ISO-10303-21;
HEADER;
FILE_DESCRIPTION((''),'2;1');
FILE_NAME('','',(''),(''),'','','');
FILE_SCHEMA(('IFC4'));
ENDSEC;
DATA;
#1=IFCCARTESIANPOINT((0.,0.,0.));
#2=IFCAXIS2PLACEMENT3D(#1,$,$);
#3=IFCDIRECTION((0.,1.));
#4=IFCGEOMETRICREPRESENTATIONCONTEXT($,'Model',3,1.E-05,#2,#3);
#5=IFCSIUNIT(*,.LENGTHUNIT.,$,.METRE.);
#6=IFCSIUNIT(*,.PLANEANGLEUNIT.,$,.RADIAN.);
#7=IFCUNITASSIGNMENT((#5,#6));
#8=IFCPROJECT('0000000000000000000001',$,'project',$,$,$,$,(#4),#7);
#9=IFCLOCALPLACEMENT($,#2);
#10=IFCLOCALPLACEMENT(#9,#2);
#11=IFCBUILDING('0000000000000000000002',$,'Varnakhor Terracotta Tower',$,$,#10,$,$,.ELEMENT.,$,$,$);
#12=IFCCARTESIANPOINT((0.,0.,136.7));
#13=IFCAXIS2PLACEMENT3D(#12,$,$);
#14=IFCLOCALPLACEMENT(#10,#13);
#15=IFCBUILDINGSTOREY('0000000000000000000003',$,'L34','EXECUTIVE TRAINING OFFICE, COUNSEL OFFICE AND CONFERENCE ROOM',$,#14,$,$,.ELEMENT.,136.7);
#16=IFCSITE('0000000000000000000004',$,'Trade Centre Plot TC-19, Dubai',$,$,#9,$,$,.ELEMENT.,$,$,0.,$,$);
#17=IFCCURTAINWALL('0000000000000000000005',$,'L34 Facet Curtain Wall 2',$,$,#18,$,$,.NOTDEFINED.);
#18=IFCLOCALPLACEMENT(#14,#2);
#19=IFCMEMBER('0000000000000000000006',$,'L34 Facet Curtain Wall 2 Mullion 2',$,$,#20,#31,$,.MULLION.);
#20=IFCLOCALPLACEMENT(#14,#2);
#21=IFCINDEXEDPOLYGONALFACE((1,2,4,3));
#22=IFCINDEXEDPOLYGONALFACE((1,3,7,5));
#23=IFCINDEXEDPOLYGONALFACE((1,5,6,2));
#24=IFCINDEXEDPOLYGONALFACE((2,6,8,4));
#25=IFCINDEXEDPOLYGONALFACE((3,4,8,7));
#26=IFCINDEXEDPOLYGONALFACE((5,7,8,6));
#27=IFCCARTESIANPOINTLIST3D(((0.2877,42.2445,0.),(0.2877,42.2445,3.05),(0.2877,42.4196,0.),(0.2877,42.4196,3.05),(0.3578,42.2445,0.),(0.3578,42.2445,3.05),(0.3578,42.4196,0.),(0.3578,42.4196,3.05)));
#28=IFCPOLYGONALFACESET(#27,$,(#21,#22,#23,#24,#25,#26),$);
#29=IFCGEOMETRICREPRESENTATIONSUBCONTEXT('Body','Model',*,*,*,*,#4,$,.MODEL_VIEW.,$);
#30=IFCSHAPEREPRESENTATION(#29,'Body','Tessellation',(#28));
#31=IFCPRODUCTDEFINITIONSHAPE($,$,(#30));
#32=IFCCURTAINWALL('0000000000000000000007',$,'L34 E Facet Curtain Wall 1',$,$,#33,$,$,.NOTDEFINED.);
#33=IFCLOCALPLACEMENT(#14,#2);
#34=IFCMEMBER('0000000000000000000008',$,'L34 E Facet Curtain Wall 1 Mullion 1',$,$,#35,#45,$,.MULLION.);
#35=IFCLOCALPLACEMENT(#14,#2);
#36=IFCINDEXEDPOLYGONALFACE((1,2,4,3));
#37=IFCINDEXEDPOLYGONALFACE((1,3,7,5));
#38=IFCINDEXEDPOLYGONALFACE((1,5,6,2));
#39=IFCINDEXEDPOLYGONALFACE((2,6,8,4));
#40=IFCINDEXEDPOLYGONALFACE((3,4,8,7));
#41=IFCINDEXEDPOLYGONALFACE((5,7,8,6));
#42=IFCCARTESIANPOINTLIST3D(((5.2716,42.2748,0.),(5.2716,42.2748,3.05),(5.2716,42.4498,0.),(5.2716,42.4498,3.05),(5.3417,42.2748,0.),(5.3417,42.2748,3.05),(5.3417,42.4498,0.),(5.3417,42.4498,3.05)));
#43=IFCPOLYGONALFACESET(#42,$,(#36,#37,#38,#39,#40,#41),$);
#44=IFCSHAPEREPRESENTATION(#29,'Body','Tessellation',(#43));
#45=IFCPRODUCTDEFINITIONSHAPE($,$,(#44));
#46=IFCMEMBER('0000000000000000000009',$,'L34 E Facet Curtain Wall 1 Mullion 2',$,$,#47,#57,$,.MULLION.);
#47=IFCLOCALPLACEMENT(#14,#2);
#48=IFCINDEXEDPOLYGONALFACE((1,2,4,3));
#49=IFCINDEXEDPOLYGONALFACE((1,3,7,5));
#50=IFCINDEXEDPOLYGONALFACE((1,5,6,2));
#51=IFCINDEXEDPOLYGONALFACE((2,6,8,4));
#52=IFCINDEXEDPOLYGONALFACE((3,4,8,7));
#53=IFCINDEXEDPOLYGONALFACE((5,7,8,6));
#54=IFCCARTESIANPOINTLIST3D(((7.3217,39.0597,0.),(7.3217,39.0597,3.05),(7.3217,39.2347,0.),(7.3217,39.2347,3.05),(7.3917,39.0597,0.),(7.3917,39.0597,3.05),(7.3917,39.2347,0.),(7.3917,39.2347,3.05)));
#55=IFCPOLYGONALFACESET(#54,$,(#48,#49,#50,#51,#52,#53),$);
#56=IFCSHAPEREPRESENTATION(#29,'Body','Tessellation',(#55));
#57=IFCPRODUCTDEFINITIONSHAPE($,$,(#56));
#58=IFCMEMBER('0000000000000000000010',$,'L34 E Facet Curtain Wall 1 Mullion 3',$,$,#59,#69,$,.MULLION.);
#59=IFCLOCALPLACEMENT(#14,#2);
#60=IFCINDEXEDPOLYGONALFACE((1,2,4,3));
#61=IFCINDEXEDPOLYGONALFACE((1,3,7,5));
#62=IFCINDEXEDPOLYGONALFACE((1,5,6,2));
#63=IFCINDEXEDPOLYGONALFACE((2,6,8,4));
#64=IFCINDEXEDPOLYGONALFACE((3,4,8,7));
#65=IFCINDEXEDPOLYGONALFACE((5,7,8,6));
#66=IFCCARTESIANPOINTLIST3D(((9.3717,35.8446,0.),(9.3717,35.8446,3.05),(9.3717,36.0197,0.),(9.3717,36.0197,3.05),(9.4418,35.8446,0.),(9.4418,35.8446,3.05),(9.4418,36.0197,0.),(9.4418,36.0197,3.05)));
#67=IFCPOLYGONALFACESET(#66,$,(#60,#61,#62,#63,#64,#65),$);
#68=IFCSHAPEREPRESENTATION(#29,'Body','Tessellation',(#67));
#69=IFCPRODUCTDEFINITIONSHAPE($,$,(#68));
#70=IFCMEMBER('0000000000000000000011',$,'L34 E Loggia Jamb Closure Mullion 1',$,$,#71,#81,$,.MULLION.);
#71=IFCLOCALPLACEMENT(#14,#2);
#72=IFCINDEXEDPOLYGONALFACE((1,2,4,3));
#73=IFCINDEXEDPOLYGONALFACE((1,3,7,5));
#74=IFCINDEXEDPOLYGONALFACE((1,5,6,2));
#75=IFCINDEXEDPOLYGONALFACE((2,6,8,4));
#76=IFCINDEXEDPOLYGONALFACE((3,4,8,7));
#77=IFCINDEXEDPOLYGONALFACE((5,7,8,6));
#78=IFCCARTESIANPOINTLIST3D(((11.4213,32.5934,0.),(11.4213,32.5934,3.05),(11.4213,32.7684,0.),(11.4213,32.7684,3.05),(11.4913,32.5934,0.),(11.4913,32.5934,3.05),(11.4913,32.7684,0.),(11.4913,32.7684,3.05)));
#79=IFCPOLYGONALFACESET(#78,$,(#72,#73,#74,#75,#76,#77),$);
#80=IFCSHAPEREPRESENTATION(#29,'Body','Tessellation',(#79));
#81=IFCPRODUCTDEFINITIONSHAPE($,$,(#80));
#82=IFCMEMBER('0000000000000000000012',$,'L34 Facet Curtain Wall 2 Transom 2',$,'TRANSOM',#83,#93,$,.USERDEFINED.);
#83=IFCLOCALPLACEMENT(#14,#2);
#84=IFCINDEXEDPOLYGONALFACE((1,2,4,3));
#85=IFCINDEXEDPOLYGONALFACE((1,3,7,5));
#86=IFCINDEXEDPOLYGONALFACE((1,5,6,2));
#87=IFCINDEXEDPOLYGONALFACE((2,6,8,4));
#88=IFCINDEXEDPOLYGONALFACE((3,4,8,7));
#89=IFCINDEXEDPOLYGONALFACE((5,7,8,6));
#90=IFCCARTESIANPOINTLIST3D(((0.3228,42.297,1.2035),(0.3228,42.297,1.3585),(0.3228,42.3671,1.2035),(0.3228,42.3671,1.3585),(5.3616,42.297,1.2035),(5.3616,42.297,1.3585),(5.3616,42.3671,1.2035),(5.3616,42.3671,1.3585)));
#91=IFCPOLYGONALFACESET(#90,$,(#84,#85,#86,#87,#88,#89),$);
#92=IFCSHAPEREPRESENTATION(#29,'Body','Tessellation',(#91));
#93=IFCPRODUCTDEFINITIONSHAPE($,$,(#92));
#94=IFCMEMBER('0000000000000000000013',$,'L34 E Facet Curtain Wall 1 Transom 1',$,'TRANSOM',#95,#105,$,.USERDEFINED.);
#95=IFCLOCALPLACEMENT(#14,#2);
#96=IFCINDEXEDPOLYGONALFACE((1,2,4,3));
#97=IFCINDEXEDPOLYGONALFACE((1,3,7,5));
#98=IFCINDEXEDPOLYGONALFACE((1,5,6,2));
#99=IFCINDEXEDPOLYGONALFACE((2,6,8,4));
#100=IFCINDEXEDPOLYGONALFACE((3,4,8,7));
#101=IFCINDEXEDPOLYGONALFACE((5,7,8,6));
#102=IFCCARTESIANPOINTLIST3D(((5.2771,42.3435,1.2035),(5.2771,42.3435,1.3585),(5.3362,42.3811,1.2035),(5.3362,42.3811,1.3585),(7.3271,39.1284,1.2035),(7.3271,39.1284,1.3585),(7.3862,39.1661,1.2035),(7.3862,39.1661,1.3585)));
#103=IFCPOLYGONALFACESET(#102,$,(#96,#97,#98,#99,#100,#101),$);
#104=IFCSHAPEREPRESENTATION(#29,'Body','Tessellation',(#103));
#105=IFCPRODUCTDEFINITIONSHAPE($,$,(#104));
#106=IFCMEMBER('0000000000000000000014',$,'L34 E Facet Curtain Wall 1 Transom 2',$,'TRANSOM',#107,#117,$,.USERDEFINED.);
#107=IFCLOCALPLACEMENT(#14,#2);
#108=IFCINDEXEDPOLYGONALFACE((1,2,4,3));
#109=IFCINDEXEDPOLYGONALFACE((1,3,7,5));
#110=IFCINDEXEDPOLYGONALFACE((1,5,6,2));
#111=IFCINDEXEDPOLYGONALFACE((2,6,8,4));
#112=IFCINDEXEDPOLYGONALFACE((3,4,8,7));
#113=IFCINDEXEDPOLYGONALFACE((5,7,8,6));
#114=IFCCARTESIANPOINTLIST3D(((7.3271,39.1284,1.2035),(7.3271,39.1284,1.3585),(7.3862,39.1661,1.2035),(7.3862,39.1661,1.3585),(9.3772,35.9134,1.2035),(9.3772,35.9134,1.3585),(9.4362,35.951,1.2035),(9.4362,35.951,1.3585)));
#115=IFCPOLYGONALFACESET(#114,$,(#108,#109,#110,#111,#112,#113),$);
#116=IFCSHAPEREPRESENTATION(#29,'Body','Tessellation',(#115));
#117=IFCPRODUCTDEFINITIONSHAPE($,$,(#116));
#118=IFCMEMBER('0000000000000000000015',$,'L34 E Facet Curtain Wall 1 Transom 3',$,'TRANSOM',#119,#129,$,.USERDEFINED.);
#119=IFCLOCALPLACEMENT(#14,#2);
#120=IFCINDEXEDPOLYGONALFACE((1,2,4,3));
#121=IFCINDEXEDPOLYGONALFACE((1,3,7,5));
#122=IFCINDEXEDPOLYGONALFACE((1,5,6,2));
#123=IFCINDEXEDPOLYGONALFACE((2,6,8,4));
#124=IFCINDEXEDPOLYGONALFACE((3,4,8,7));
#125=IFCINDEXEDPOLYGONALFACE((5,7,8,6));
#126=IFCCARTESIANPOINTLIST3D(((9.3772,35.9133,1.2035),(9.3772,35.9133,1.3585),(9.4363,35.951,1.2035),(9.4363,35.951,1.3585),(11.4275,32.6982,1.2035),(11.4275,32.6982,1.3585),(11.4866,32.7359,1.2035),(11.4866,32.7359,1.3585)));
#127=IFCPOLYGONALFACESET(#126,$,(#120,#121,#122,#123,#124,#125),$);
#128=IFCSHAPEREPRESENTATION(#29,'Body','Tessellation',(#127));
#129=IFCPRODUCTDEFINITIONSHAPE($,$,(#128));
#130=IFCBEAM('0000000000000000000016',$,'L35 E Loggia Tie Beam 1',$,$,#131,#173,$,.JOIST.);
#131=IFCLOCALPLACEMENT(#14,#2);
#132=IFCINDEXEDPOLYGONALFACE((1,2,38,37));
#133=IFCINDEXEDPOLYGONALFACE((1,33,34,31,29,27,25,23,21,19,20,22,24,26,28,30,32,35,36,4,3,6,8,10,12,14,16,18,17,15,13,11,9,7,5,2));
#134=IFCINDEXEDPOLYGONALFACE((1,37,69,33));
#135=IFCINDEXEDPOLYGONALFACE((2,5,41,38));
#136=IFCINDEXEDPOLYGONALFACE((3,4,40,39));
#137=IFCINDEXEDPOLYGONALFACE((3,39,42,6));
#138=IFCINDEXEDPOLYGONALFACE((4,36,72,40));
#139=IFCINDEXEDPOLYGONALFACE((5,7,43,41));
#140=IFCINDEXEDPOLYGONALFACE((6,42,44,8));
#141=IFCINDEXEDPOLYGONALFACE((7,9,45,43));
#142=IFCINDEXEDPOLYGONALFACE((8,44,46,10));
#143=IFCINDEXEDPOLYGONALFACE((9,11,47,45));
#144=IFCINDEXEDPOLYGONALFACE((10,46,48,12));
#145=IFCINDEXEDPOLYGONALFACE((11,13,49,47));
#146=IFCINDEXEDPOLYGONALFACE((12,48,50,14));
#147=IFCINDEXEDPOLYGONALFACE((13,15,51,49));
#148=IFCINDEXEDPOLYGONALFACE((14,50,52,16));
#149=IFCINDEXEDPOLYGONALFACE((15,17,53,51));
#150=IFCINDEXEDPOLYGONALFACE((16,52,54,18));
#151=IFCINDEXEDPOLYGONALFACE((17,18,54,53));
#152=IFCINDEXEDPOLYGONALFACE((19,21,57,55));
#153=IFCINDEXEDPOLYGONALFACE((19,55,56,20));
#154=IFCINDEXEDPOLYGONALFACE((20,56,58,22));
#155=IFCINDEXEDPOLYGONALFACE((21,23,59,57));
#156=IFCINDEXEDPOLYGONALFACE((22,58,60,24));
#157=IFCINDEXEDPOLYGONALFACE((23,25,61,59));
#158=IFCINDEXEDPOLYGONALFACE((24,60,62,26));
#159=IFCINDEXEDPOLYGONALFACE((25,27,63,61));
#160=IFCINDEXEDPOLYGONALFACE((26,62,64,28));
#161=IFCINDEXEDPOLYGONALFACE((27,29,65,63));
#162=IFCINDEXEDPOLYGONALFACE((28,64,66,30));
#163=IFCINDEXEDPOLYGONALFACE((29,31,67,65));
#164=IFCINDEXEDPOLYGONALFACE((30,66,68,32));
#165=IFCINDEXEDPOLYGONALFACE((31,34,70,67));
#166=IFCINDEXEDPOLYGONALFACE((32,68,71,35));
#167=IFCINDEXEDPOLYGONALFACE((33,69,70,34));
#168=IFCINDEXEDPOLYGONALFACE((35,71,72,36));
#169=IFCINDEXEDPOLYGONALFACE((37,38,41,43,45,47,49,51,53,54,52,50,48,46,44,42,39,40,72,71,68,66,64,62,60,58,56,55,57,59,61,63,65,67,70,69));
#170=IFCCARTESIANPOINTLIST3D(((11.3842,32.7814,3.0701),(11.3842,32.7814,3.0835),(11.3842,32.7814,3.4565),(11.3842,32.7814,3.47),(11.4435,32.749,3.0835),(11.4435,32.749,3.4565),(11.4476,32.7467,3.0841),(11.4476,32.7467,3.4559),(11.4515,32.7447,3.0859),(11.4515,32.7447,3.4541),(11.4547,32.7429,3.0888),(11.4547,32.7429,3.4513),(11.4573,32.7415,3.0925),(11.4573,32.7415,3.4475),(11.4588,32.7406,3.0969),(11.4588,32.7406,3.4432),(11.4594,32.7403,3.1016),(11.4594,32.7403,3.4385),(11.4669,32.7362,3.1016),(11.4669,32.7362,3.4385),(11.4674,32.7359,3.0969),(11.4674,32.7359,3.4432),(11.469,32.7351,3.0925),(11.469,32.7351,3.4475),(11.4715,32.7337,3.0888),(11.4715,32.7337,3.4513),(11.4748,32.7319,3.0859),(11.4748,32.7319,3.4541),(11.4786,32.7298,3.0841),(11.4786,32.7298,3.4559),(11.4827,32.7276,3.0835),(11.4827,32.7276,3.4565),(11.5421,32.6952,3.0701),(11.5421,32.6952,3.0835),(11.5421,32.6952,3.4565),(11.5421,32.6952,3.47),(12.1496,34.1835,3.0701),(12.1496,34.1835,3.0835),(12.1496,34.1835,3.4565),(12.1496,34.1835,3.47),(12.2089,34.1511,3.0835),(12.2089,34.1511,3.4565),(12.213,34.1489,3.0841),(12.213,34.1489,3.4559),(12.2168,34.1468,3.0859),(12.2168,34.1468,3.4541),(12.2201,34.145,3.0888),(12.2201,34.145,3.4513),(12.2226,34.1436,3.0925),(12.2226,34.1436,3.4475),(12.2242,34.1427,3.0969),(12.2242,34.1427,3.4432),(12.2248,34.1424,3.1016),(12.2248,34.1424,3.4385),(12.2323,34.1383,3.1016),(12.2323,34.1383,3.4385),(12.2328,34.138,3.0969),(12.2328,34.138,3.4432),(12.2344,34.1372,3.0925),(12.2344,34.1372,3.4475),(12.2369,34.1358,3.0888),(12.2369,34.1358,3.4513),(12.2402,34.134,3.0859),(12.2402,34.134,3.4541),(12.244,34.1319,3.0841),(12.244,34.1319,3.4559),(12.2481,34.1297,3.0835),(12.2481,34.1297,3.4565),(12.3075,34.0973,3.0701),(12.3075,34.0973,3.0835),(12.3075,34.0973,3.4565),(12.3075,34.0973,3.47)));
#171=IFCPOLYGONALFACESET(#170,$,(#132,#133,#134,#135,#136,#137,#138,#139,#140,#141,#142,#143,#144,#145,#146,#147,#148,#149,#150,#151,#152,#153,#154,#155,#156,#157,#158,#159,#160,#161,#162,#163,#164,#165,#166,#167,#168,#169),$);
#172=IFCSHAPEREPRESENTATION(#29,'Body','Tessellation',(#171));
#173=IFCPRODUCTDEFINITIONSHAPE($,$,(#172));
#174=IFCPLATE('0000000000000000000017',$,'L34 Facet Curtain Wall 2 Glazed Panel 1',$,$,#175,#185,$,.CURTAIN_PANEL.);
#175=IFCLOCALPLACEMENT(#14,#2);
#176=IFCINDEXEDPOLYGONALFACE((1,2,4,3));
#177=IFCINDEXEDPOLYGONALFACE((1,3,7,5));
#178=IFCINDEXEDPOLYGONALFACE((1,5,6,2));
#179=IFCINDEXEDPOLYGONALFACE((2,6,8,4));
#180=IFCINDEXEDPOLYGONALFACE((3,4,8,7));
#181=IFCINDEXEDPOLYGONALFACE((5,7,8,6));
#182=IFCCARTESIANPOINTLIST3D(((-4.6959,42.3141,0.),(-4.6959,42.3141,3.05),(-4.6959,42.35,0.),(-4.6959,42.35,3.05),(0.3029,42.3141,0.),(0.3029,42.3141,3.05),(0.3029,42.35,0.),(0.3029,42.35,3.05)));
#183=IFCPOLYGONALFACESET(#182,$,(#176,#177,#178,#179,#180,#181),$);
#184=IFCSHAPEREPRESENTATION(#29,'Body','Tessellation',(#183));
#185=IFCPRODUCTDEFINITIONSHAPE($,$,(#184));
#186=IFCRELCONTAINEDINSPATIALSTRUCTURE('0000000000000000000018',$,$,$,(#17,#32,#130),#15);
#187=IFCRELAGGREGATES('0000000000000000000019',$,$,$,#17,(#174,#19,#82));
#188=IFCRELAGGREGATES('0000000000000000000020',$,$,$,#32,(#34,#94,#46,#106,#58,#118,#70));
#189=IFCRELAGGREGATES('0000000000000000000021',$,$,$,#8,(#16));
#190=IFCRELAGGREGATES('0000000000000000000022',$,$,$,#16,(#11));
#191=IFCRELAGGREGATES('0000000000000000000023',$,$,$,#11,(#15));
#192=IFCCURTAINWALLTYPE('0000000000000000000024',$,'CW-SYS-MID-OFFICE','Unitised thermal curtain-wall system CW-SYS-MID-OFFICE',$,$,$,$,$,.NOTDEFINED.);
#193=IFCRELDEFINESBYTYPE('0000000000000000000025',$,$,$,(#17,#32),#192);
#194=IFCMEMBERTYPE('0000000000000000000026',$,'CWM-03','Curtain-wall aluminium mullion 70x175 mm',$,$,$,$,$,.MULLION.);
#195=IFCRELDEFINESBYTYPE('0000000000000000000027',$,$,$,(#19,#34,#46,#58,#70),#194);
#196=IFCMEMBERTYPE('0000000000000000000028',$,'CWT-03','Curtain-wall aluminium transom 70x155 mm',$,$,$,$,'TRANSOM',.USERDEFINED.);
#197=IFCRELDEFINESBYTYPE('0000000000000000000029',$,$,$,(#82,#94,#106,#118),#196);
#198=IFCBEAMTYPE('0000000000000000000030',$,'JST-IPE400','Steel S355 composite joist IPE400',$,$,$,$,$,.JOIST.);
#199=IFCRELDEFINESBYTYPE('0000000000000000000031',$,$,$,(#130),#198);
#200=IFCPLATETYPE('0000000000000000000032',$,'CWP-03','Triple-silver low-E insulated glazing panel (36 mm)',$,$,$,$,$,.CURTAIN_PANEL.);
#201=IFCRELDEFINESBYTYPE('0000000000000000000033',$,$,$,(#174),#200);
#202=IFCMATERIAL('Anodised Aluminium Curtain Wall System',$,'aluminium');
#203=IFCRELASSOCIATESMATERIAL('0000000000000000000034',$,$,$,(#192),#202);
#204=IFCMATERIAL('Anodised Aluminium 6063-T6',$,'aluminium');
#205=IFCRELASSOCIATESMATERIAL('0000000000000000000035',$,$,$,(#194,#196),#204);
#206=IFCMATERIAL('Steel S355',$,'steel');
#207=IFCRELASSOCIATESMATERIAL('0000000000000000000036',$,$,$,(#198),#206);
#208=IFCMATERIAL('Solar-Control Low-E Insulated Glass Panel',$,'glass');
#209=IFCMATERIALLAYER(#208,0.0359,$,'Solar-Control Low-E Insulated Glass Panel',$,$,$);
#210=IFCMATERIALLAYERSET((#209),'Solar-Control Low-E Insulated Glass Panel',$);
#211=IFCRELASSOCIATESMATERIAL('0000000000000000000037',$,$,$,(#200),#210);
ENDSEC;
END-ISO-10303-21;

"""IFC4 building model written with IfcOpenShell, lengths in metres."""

from ifc_helpers import new_model, si_unit, direction, frame, origin, origin_2d, place, context, subcontext, project, spatial, rectangle, i_section, extrude, source, transform, mapped, material, layer, layer_set, material_profile, profile_set, type_object, element, aggregate, save


model = new_model("IFC4")

# Units and contexts
model_context = context("Model", 3, precision=1e-05, world=origin(), true_north=direction((0.0, 1.0)))
body_context = subcontext(model_context, "Body", "Model", "MODEL_VIEW")
ifc_project = project(units=[si_unit("LENGTHUNIT", "METRE"), si_unit("PLANEANGLEUNIT", "RADIAN")], contexts=[model_context])

# Site, building, storey
site_placement = place(None, origin())
site = spatial("IfcSite", under=ifc_project, at=site_placement, Name="Trade Centre Plot TC-19, Dubai", CompositionType="ELEMENT", RefElevation=0.0)
building_placement = place(site_placement, origin())
building = spatial("IfcBuilding", under=site, at=building_placement, Name="Varnakhor Terracotta Tower", CompositionType="ELEMENT")
storey_placement = place(building_placement, frame((0.0, 0.0, 136.7)))
storey = spatial("IfcBuildingStorey", under=building, at=storey_placement, Name="L34", Description="EXECUTIVE TRAINING OFFICE, COUNSEL OFFICE AND CONFERENCE ROOM", CompositionType="ELEMENT", Elevation=136.7)

# Shared definitions
ifc_material_1 = material(Name="Steel S355", Category="steel")

# Curtain wall, member
ifc_material_2 = material(Name="Anodised Aluminium Curtain Wall System", Category="aluminium")
curtain_wall_type = type_object("IfcCurtainWallType", Name="CW-SYS-MID-OFFICE", Description="Unitised thermal curtain-wall system CW-SYS-MID-OFFICE", PredefinedType="NOTDEFINED", material=ifc_material_2)
curtain_wall_1_placement = place(storey_placement, origin())
curtain_wall_1 = element("IfcCurtainWall", 1, at=curtain_wall_1_placement, inside=storey, type_object=curtain_wall_type, Name="L34 Facet Curtain Wall 2", PredefinedType="NOTDEFINED")
ifc_material_3 = material(Name="Anodised Aluminium 6063-T6", Category="aluminium")
ifc_material_profile_1 = material_profile(ifc_material_3, rectangle(XDim=0.0701, YDim=0.175, at=origin_2d()), Name="ALU MULLION 70x175")
ifc_profile_set_1 = profile_set([ifc_material_profile_1], Name="Anodised Aluminium 6063-T6")
member_type_1 = type_object("IfcMemberType", Name="CWM-03", Description="Curtain-wall aluminium mullion 70x175 mm", PredefinedType="MULLION", material=ifc_profile_set_1)
shared_shape_1 = source(origin(), body_context, "Body", "SweptSolid", [
    extrude(rectangle(XDim=0.0701, YDim=0.175, at=origin_2d()), origin(), (0.0, 0.0, 1.0), 3.05),
])
member_1_placement = place(storey_placement, frame((0.3228, 42.332, 0.0), z_axis=(0.0, 0.0, 1.0), x_axis=(1.0, 0.0, 0.0)))
member_1 = element("IfcMember", 2, at=member_1_placement, type_object=member_type_1, Name="L34 Facet Curtain Wall 2 Mullion 2", PredefinedType="MULLION", context=body_context, shape_type="MappedRepresentation", body=[
    mapped(shared_shape_1, transform((0.0, 0.0, 0.0), scale=1.0)),
])

# Curtain wall, members
curtain_wall_2_placement = place(storey_placement, origin())
curtain_wall_2 = element("IfcCurtainWall", 3, at=curtain_wall_2_placement, inside=storey, type_object=curtain_wall_type, Name="L34 E Facet Curtain Wall 1", PredefinedType="NOTDEFINED")
member_2_placement = place(storey_placement, frame((5.3066, 42.3623, 0.0), z_axis=(0.0, 0.0, 1.0), x_axis=(1.0, 0.0, 0.0)))
member_2 = element("IfcMember", 4, at=member_2_placement, type_object=member_type_1, Name="L34 E Facet Curtain Wall 1 Mullion 1", PredefinedType="MULLION", context=body_context, shape_type="MappedRepresentation", body=[
    mapped(shared_shape_1, transform((0.0, 0.0, 0.0), scale=1.0)),
])
member_3_placement = place(storey_placement, frame((7.3567, 39.1472, 0.0), z_axis=(0.0, 0.0, 1.0), x_axis=(1.0, 0.0, 0.0)))
member_3 = element("IfcMember", 5, at=member_3_placement, type_object=member_type_1, Name="L34 E Facet Curtain Wall 1 Mullion 2", PredefinedType="MULLION", context=body_context, shape_type="MappedRepresentation", body=[
    mapped(shared_shape_1, transform((0.0, 0.0, 0.0), scale=1.0)),
])
member_4_placement = place(storey_placement, frame((9.4067, 35.9321, 0.0), z_axis=(0.0, 0.0, 1.0), x_axis=(1.0, 0.0, 0.0)))
member_4 = element("IfcMember", 6, at=member_4_placement, type_object=member_type_1, Name="L34 E Facet Curtain Wall 1 Mullion 3", PredefinedType="MULLION", context=body_context, shape_type="MappedRepresentation", body=[
    mapped(shared_shape_1, transform((0.0, 0.0, 0.0), scale=1.0)),
])
member_5_placement = place(storey_placement, frame((11.4563, 32.6809, 0.0), z_axis=(0.0, 0.0, 1.0), x_axis=(1.0, 0.0, 0.0)))
member_5 = element("IfcMember", 7, at=member_5_placement, type_object=member_type_1, Name="L34 E Loggia Jamb Closure Mullion 1", PredefinedType="MULLION", context=body_context, shape_type="MappedRepresentation", body=[
    mapped(shared_shape_1, transform((0.0, 0.0, 0.0), scale=1.0)),
])

# Members
ifc_material_profile_2 = material_profile(ifc_material_3, rectangle(XDim=0.0701, YDim=0.155, at=origin_2d()), Name="ALU TRANSOM 70x155")
ifc_profile_set_2 = profile_set([ifc_material_profile_2], Name="Anodised Aluminium 6063-T6")
member_type_2 = type_object("IfcMemberType", Name="CWT-03", Description="Curtain-wall aluminium transom 70x155 mm", ElementType="TRANSOM", PredefinedType="USERDEFINED", material=ifc_profile_set_2)
shared_shape_2 = source(origin(), body_context, "Body", "SweptSolid", [
    extrude(rectangle(XDim=0.0701, YDim=0.155, at=origin_2d()), origin(), (0.0, 0.0, 1.0), 5.0388),
])
member_6_placement = place(storey_placement, frame((0.3228, 42.332, 1.281), z_axis=(1.0, 0.0, 0.0), x_axis=(0.0, 1.0, 0.0)))
member_6 = element("IfcMember", 8, at=member_6_placement, type_object=member_type_2, Name="L34 Facet Curtain Wall 2 Transom 2", ObjectType="TRANSOM", PredefinedType="USERDEFINED", context=body_context, shape_type="MappedRepresentation", body=[
    mapped(shared_shape_2, transform((0.0, 0.0, 0.0), scale=1.0)),
])
shared_shape_3 = source(origin(), body_context, "Body", "SweptSolid", [
    extrude(rectangle(XDim=0.0701, YDim=0.155, at=origin_2d()), origin(), (0.0, 0.0, 1.0), 3.813),
])
member_7_placement = place(storey_placement, frame((5.3066, 42.3623, 1.281), z_axis=(0.537638, -0.843176, 0.0), x_axis=(0.843176, 0.537638, 0.0)))
member_7 = element("IfcMember", 9, at=member_7_placement, type_object=member_type_2, Name="L34 E Facet Curtain Wall 1 Transom 1", ObjectType="TRANSOM", PredefinedType="USERDEFINED", context=body_context, shape_type="MappedRepresentation", body=[
    mapped(shared_shape_3, transform((0.0, 0.0, 0.0), scale=1.0)),
])
member_8_placement = place(storey_placement, frame((7.3567, 39.1472, 1.281), z_axis=(0.537638, -0.843176, 0.0), x_axis=(0.843176, 0.537638, 0.0)))
member_8 = element("IfcMember", 10, at=member_8_placement, type_object=member_type_2, Name="L34 E Facet Curtain Wall 1 Transom 2", ObjectType="TRANSOM", PredefinedType="USERDEFINED", context=body_context, shape_type="MappedRepresentation", body=[
    mapped(shared_shape_3, transform((0.0, 0.0, 0.0), scale=1.0)),
])
shared_shape_4 = source(origin(), body_context, "Body", "SweptSolid", [
    extrude(rectangle(XDim=0.0701, YDim=0.155, at=origin_2d()), origin(), (0.0, 0.0, 1.0), 3.8132),
])
member_9_placement = place(storey_placement, frame((9.4067, 35.9321, 1.281), z_axis=(0.537683, -0.843147, 0.0), x_axis=(0.843147, 0.537683, 0.0)))
member_9 = element("IfcMember", 11, at=member_9_placement, type_object=member_type_2, Name="L34 E Facet Curtain Wall 1 Transom 3", ObjectType="TRANSOM", PredefinedType="USERDEFINED", context=body_context, shape_type="MappedRepresentation", body=[
    mapped(shared_shape_4, transform((0.0, 0.0, 0.0), scale=1.0)),
])

# Beam
ifc_material_profile_3 = material_profile(ifc_material_1, i_section(OverallWidth=0.1799, OverallDepth=0.3999, WebThickness=0.0085, FlangeThickness=0.0134, FilletRadius=0.0181, at=origin_2d()), Name="IPE400")
ifc_profile_set_3 = profile_set([ifc_material_profile_3], Name="Steel S355")
beam_type_1 = type_object("IfcBeamType", Name="JST-IPE400", Description="Steel S355 composite joist IPE400", PredefinedType="JOIST", material=ifc_profile_set_3)
shared_shape_5 = source(origin(), body_context, "Body", "SweptSolid", [
    extrude(i_section(OverallWidth=0.1799, OverallDepth=0.3999, WebThickness=0.0085, FlangeThickness=0.0134, FilletRadius=0.0181, at=origin_2d()), origin(), (0.0, 0.0, 1.0), 1.5974),
])
beam_1_placement = place(storey_placement, frame((11.4631, 32.7383, 3.27), z_axis=(0.479141, 0.877738, 0.0), x_axis=(-0.877738, 0.479141, 0.0)))
element("IfcBeam", 12, at=beam_1_placement, inside=storey, type_object=beam_type_1, Name="L35 E Loggia Tie Beam 1", PredefinedType="JOIST", context=body_context, shape_type="MappedRepresentation", body=[
    mapped(shared_shape_5, transform((0.0, 0.0, 0.0), scale=1.0)),
])

# Plate
ifc_material_4 = material(Name="Solar-Control Low-E Insulated Glass Panel", Category="glass")
ifc_layer_1 = layer(ifc_material_4, 0.0359, Name="Solar-Control Low-E Insulated Glass Panel")
ifc_layer_set_1 = layer_set([ifc_layer_1], Name="Solar-Control Low-E Insulated Glass Panel")
plate_type = type_object("IfcPlateType", Name="CWP-03", Description="Triple-silver low-E insulated glazing panel (36 mm)", PredefinedType="CURTAIN_PANEL", material=ifc_layer_set_1)
shared_shape_6 = source(origin(), body_context, "Body", "SweptSolid", [
    extrude(rectangle(XDim=4.9988, YDim=0.0359, at=origin_2d()), origin(), (0.0, 0.0, 1.0), 3.05),
])
plate_1_placement = place(storey_placement, frame((-2.1965, 42.332, 0.0), z_axis=(0.0, 0.0, 1.0), x_axis=(1.0, 0.0, 0.0)))
plate_1 = element("IfcPlate", 13, at=plate_1_placement, type_object=plate_type, Name="L34 Facet Curtain Wall 2 Glazed Panel 1", PredefinedType="CURTAIN_PANEL", context=body_context, shape_type="MappedRepresentation", body=[
    mapped(shared_shape_6, transform((0.0, 0.0, 0.0), scale=1.0)),
])
aggregate(curtain_wall_1, [plate_1, member_1, member_6])
aggregate(curtain_wall_2, [member_2, member_7, member_3, member_8, member_4, member_9, member_5])

save(model, "model.ifc")
